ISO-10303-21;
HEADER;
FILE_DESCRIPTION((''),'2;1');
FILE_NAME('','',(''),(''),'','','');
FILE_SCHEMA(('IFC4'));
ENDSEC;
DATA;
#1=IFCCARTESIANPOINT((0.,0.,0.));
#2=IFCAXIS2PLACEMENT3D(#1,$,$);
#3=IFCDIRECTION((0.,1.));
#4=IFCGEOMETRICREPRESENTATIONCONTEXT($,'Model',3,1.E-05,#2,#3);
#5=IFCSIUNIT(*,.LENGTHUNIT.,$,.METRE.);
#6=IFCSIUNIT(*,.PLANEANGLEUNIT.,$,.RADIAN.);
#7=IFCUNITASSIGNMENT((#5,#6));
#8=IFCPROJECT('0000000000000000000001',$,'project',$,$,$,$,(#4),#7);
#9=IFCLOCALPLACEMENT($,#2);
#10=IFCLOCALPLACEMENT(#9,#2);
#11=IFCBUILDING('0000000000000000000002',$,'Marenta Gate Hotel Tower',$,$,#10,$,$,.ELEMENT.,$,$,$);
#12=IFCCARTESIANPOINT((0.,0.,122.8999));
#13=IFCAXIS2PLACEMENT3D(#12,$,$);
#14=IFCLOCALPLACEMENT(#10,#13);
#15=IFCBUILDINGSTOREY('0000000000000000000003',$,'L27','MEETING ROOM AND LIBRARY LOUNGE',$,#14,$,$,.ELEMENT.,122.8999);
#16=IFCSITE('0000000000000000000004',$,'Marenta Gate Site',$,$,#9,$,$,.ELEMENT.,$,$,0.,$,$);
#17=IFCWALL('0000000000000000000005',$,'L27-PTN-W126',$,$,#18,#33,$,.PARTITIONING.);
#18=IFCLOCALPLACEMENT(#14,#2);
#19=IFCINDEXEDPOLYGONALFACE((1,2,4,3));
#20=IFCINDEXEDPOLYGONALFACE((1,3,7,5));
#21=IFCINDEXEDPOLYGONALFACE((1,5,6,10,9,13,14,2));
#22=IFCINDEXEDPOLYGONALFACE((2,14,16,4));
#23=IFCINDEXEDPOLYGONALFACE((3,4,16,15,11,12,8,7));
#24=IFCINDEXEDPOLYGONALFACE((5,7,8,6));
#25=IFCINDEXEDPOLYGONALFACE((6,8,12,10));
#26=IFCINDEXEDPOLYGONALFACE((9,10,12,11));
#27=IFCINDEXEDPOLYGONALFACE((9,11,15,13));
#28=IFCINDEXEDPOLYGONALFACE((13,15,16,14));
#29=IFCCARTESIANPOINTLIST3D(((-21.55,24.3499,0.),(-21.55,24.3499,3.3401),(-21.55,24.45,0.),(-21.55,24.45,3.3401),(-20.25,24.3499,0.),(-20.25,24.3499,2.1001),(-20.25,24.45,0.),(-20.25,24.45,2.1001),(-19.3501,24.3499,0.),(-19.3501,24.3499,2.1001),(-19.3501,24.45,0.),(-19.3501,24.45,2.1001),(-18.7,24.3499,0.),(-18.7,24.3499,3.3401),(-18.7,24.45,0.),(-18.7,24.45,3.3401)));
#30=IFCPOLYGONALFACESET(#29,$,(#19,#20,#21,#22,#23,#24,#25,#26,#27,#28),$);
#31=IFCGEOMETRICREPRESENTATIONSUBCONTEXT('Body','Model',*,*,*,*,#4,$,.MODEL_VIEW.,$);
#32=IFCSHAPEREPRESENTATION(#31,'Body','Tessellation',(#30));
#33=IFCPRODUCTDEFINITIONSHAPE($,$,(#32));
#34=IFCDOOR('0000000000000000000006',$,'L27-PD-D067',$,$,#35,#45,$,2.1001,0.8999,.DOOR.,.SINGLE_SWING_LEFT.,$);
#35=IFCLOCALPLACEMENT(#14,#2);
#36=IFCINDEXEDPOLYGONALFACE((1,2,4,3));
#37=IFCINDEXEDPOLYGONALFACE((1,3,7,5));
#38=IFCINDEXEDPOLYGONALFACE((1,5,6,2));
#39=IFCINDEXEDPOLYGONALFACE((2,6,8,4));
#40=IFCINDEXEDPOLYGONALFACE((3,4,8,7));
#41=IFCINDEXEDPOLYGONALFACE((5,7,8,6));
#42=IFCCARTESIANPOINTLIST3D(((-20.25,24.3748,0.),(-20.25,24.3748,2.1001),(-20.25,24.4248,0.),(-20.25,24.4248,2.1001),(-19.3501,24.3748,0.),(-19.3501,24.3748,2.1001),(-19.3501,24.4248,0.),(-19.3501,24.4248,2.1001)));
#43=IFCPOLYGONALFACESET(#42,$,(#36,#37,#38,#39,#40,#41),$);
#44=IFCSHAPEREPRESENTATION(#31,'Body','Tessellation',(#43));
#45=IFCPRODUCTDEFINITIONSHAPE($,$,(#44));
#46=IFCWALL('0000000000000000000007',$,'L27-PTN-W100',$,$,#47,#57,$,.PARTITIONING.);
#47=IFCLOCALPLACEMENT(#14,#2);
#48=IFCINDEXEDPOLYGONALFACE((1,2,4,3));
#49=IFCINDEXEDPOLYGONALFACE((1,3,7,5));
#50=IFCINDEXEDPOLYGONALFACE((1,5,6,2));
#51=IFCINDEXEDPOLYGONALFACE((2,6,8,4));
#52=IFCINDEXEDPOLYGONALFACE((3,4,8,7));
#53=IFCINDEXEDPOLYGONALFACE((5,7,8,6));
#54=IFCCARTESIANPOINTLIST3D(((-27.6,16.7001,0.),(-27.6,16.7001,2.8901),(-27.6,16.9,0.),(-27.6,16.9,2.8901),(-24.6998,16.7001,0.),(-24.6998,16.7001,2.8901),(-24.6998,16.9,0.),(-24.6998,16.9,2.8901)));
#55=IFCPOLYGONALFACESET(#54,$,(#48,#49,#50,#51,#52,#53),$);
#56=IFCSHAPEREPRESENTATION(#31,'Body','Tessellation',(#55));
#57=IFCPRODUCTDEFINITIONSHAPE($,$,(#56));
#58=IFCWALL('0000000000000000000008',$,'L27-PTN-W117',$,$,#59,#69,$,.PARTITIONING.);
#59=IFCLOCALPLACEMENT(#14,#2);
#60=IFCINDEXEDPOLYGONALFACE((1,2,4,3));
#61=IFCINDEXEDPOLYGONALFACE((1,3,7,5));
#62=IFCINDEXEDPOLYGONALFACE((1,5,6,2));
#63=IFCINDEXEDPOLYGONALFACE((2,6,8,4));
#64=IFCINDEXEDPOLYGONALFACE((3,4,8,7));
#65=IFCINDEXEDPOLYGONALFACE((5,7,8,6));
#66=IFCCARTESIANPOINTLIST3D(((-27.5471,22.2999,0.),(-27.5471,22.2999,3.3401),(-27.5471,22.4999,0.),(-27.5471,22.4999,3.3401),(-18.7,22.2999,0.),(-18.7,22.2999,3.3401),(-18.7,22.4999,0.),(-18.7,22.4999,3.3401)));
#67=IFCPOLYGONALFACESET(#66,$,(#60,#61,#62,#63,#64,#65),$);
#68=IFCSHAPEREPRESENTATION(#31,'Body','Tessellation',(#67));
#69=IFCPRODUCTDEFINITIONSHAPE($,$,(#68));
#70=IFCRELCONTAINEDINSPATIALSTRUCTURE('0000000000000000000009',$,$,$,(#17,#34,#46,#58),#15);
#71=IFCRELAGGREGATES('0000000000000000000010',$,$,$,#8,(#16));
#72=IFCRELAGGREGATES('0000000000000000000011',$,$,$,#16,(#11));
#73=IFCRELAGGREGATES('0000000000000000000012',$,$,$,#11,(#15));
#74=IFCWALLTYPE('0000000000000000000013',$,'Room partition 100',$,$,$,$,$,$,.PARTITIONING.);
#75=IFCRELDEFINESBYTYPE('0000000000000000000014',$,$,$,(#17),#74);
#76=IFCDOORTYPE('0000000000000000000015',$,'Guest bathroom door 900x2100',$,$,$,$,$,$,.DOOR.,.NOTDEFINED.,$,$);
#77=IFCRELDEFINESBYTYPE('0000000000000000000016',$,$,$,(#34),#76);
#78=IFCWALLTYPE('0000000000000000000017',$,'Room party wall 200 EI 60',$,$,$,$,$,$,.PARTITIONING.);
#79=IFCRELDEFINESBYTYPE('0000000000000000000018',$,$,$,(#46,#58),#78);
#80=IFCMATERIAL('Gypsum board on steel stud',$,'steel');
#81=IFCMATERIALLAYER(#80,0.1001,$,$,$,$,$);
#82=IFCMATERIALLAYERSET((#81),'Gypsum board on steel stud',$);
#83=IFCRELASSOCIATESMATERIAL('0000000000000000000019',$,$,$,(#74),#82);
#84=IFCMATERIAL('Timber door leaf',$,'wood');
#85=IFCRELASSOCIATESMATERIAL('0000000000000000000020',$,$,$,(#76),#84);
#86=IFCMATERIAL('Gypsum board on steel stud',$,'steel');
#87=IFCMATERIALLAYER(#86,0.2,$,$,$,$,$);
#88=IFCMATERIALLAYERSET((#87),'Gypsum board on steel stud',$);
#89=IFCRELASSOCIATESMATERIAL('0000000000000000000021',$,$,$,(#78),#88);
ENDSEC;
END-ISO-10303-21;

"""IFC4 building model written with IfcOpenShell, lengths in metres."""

from ifc_helpers import new_model, si_unit, direction, frame, frame_2d, origin, place, context, subcontext, project, spatial, rectangle, extrude, material, layer, layer_set, type_object, element, fill, save


model = new_model("IFC4")

# Units and contexts
model_context = context("Model", 3, precision=1e-05, world=origin(), true_north=direction((0.0, 1.0)))
body_context = subcontext(model_context, "Body", "Model", "MODEL_VIEW")
ifc_project = project(units=[si_unit("LENGTHUNIT", "METRE"), si_unit("PLANEANGLEUNIT", "RADIAN")], contexts=[model_context])

# Site, building, storey
site_placement = place(None, origin())
site = spatial("IfcSite", under=ifc_project, at=site_placement, Name="Marenta Gate Site", CompositionType="ELEMENT", RefElevation=0.0)
building_placement = place(site_placement, origin())
building = spatial("IfcBuilding", under=site, at=building_placement, Name="Marenta Gate Hotel Tower", CompositionType="ELEMENT")
storey_placement = place(building_placement, frame((0.0, 0.0, 122.8999)))
storey = spatial("IfcBuildingStorey", under=building, at=storey_placement, Name="L27", Description="MEETING ROOM AND LIBRARY LOUNGE", CompositionType="ELEMENT", Elevation=122.8999)

# Shared definitions
ifc_material_1 = material(Name="Gypsum board on steel stud", Category="steel")
ifc_layer_1 = layer(ifc_material_1, 0.1001)
ifc_layer_set_1 = layer_set([ifc_layer_1], Name="Gypsum board on steel stud")
wall_type_1 = type_object("IfcWallType", Name="Room partition 100", PredefinedType="PARTITIONING", material=ifc_layer_set_1)

# Wall, opening, door
ifc_material_2 = material(Name="Timber door leaf", Category="wood")
door_type_1 = type_object("IfcDoorType", Name="Guest bathroom door 900x2100", OperationType="NOTDEFINED", PredefinedType="DOOR", material=ifc_material_2)
wall_1_placement = place(storey_placement, frame((-21.55, 24.3999, 0.0), z_axis=(0.0, 0.0, 1.0), x_axis=(1.0, 0.0, 0.0)))
wall_1 = element("IfcWall", 1, at=wall_1_placement, inside=storey, type_object=wall_type_1, Name="L27-PTN-W126", PredefinedType="PARTITIONING", context=body_context, shape_type="SweptSolid", body=[
    extrude(rectangle(XDim=2.8501, YDim=0.1001, at=frame_2d((1.425, 0.0))), origin(), (0.0, 0.0, 1.0), 3.3401),
])
opening_1_placement = place(wall_1_placement, frame((1.3, 0.0, 0.0)))
opening_1 = element("IfcOpeningElement", 2, at=opening_1_placement, cuts=wall_1, PredefinedType="OPENING", context=body_context, shape_type="SweptSolid", body=[
    extrude(rectangle(XDim=0.8999, YDim=2.1001, at=frame_2d((0.45, 1.05))), frame((0.0, 0.05, 0.0), z_axis=(0.0, -1.0, 0.0), x_axis=(1.0, 0.0, 0.0)), (0.0, 0.0, 1.0), 0.1001),
])
door_1_placement = place(opening_1_placement, origin())
door_1 = element("IfcDoor", 3, at=door_1_placement, inside=storey, type_object=door_type_1, Name="L27-PD-D067", OperationType="SINGLE_SWING_LEFT", OverallHeight=2.1001, OverallWidth=0.8999, PredefinedType="DOOR", context=body_context, shape_type="SweptSolid", body=[
    extrude(rectangle(XDim=0.8999, YDim=2.1001, at=frame_2d((0.45, 1.05))), frame((0.0, 0.0249, 0.0), z_axis=(0.0, -1.0, 0.0), x_axis=(1.0, 0.0, 0.0)), (0.0, 0.0, 1.0), 0.05),
])
fill(opening_1, door_1)

# Walls
ifc_material_3 = material(Name="Gypsum board on steel stud", Category="steel")
ifc_layer_2 = layer(ifc_material_3, 0.2)
ifc_layer_set_2 = layer_set([ifc_layer_2], Name="Gypsum board on steel stud")
wall_type_2 = type_object("IfcWallType", Name="Room party wall 200 EI 60", PredefinedType="PARTITIONING", material=ifc_layer_set_2)
wall_2_placement = place(storey_placement, frame((-27.6001, 16.8, 0.0), z_axis=(0.0, 0.0, 1.0), x_axis=(1.0, 0.0, 0.0)))
element("IfcWall", 4, at=wall_2_placement, inside=storey, type_object=wall_type_2, Name="L27-PTN-W100", PredefinedType="PARTITIONING", context=body_context, shape_type="SweptSolid", body=[
    extrude(rectangle(XDim=2.9001, YDim=0.2, at=frame_2d((1.4502, 0.0))), origin(), (0.0, 0.0, 1.0), 2.8901),
])
wall_3_placement = place(storey_placement, frame((-27.5471, 22.3999, 0.0), z_axis=(0.0, 0.0, 1.0), x_axis=(1.0, 0.0, 0.0)))
element("IfcWall", 5, at=wall_3_placement, inside=storey, type_object=wall_type_2, Name="L27-PTN-W117", PredefinedType="PARTITIONING", context=body_context, shape_type="SweptSolid", body=[
    extrude(rectangle(XDim=8.8472, YDim=0.2, at=frame_2d((4.4236, 0.0))), origin(), (0.0, 0.0, 1.0), 3.3401),
])

save(model, "model.ifc")
